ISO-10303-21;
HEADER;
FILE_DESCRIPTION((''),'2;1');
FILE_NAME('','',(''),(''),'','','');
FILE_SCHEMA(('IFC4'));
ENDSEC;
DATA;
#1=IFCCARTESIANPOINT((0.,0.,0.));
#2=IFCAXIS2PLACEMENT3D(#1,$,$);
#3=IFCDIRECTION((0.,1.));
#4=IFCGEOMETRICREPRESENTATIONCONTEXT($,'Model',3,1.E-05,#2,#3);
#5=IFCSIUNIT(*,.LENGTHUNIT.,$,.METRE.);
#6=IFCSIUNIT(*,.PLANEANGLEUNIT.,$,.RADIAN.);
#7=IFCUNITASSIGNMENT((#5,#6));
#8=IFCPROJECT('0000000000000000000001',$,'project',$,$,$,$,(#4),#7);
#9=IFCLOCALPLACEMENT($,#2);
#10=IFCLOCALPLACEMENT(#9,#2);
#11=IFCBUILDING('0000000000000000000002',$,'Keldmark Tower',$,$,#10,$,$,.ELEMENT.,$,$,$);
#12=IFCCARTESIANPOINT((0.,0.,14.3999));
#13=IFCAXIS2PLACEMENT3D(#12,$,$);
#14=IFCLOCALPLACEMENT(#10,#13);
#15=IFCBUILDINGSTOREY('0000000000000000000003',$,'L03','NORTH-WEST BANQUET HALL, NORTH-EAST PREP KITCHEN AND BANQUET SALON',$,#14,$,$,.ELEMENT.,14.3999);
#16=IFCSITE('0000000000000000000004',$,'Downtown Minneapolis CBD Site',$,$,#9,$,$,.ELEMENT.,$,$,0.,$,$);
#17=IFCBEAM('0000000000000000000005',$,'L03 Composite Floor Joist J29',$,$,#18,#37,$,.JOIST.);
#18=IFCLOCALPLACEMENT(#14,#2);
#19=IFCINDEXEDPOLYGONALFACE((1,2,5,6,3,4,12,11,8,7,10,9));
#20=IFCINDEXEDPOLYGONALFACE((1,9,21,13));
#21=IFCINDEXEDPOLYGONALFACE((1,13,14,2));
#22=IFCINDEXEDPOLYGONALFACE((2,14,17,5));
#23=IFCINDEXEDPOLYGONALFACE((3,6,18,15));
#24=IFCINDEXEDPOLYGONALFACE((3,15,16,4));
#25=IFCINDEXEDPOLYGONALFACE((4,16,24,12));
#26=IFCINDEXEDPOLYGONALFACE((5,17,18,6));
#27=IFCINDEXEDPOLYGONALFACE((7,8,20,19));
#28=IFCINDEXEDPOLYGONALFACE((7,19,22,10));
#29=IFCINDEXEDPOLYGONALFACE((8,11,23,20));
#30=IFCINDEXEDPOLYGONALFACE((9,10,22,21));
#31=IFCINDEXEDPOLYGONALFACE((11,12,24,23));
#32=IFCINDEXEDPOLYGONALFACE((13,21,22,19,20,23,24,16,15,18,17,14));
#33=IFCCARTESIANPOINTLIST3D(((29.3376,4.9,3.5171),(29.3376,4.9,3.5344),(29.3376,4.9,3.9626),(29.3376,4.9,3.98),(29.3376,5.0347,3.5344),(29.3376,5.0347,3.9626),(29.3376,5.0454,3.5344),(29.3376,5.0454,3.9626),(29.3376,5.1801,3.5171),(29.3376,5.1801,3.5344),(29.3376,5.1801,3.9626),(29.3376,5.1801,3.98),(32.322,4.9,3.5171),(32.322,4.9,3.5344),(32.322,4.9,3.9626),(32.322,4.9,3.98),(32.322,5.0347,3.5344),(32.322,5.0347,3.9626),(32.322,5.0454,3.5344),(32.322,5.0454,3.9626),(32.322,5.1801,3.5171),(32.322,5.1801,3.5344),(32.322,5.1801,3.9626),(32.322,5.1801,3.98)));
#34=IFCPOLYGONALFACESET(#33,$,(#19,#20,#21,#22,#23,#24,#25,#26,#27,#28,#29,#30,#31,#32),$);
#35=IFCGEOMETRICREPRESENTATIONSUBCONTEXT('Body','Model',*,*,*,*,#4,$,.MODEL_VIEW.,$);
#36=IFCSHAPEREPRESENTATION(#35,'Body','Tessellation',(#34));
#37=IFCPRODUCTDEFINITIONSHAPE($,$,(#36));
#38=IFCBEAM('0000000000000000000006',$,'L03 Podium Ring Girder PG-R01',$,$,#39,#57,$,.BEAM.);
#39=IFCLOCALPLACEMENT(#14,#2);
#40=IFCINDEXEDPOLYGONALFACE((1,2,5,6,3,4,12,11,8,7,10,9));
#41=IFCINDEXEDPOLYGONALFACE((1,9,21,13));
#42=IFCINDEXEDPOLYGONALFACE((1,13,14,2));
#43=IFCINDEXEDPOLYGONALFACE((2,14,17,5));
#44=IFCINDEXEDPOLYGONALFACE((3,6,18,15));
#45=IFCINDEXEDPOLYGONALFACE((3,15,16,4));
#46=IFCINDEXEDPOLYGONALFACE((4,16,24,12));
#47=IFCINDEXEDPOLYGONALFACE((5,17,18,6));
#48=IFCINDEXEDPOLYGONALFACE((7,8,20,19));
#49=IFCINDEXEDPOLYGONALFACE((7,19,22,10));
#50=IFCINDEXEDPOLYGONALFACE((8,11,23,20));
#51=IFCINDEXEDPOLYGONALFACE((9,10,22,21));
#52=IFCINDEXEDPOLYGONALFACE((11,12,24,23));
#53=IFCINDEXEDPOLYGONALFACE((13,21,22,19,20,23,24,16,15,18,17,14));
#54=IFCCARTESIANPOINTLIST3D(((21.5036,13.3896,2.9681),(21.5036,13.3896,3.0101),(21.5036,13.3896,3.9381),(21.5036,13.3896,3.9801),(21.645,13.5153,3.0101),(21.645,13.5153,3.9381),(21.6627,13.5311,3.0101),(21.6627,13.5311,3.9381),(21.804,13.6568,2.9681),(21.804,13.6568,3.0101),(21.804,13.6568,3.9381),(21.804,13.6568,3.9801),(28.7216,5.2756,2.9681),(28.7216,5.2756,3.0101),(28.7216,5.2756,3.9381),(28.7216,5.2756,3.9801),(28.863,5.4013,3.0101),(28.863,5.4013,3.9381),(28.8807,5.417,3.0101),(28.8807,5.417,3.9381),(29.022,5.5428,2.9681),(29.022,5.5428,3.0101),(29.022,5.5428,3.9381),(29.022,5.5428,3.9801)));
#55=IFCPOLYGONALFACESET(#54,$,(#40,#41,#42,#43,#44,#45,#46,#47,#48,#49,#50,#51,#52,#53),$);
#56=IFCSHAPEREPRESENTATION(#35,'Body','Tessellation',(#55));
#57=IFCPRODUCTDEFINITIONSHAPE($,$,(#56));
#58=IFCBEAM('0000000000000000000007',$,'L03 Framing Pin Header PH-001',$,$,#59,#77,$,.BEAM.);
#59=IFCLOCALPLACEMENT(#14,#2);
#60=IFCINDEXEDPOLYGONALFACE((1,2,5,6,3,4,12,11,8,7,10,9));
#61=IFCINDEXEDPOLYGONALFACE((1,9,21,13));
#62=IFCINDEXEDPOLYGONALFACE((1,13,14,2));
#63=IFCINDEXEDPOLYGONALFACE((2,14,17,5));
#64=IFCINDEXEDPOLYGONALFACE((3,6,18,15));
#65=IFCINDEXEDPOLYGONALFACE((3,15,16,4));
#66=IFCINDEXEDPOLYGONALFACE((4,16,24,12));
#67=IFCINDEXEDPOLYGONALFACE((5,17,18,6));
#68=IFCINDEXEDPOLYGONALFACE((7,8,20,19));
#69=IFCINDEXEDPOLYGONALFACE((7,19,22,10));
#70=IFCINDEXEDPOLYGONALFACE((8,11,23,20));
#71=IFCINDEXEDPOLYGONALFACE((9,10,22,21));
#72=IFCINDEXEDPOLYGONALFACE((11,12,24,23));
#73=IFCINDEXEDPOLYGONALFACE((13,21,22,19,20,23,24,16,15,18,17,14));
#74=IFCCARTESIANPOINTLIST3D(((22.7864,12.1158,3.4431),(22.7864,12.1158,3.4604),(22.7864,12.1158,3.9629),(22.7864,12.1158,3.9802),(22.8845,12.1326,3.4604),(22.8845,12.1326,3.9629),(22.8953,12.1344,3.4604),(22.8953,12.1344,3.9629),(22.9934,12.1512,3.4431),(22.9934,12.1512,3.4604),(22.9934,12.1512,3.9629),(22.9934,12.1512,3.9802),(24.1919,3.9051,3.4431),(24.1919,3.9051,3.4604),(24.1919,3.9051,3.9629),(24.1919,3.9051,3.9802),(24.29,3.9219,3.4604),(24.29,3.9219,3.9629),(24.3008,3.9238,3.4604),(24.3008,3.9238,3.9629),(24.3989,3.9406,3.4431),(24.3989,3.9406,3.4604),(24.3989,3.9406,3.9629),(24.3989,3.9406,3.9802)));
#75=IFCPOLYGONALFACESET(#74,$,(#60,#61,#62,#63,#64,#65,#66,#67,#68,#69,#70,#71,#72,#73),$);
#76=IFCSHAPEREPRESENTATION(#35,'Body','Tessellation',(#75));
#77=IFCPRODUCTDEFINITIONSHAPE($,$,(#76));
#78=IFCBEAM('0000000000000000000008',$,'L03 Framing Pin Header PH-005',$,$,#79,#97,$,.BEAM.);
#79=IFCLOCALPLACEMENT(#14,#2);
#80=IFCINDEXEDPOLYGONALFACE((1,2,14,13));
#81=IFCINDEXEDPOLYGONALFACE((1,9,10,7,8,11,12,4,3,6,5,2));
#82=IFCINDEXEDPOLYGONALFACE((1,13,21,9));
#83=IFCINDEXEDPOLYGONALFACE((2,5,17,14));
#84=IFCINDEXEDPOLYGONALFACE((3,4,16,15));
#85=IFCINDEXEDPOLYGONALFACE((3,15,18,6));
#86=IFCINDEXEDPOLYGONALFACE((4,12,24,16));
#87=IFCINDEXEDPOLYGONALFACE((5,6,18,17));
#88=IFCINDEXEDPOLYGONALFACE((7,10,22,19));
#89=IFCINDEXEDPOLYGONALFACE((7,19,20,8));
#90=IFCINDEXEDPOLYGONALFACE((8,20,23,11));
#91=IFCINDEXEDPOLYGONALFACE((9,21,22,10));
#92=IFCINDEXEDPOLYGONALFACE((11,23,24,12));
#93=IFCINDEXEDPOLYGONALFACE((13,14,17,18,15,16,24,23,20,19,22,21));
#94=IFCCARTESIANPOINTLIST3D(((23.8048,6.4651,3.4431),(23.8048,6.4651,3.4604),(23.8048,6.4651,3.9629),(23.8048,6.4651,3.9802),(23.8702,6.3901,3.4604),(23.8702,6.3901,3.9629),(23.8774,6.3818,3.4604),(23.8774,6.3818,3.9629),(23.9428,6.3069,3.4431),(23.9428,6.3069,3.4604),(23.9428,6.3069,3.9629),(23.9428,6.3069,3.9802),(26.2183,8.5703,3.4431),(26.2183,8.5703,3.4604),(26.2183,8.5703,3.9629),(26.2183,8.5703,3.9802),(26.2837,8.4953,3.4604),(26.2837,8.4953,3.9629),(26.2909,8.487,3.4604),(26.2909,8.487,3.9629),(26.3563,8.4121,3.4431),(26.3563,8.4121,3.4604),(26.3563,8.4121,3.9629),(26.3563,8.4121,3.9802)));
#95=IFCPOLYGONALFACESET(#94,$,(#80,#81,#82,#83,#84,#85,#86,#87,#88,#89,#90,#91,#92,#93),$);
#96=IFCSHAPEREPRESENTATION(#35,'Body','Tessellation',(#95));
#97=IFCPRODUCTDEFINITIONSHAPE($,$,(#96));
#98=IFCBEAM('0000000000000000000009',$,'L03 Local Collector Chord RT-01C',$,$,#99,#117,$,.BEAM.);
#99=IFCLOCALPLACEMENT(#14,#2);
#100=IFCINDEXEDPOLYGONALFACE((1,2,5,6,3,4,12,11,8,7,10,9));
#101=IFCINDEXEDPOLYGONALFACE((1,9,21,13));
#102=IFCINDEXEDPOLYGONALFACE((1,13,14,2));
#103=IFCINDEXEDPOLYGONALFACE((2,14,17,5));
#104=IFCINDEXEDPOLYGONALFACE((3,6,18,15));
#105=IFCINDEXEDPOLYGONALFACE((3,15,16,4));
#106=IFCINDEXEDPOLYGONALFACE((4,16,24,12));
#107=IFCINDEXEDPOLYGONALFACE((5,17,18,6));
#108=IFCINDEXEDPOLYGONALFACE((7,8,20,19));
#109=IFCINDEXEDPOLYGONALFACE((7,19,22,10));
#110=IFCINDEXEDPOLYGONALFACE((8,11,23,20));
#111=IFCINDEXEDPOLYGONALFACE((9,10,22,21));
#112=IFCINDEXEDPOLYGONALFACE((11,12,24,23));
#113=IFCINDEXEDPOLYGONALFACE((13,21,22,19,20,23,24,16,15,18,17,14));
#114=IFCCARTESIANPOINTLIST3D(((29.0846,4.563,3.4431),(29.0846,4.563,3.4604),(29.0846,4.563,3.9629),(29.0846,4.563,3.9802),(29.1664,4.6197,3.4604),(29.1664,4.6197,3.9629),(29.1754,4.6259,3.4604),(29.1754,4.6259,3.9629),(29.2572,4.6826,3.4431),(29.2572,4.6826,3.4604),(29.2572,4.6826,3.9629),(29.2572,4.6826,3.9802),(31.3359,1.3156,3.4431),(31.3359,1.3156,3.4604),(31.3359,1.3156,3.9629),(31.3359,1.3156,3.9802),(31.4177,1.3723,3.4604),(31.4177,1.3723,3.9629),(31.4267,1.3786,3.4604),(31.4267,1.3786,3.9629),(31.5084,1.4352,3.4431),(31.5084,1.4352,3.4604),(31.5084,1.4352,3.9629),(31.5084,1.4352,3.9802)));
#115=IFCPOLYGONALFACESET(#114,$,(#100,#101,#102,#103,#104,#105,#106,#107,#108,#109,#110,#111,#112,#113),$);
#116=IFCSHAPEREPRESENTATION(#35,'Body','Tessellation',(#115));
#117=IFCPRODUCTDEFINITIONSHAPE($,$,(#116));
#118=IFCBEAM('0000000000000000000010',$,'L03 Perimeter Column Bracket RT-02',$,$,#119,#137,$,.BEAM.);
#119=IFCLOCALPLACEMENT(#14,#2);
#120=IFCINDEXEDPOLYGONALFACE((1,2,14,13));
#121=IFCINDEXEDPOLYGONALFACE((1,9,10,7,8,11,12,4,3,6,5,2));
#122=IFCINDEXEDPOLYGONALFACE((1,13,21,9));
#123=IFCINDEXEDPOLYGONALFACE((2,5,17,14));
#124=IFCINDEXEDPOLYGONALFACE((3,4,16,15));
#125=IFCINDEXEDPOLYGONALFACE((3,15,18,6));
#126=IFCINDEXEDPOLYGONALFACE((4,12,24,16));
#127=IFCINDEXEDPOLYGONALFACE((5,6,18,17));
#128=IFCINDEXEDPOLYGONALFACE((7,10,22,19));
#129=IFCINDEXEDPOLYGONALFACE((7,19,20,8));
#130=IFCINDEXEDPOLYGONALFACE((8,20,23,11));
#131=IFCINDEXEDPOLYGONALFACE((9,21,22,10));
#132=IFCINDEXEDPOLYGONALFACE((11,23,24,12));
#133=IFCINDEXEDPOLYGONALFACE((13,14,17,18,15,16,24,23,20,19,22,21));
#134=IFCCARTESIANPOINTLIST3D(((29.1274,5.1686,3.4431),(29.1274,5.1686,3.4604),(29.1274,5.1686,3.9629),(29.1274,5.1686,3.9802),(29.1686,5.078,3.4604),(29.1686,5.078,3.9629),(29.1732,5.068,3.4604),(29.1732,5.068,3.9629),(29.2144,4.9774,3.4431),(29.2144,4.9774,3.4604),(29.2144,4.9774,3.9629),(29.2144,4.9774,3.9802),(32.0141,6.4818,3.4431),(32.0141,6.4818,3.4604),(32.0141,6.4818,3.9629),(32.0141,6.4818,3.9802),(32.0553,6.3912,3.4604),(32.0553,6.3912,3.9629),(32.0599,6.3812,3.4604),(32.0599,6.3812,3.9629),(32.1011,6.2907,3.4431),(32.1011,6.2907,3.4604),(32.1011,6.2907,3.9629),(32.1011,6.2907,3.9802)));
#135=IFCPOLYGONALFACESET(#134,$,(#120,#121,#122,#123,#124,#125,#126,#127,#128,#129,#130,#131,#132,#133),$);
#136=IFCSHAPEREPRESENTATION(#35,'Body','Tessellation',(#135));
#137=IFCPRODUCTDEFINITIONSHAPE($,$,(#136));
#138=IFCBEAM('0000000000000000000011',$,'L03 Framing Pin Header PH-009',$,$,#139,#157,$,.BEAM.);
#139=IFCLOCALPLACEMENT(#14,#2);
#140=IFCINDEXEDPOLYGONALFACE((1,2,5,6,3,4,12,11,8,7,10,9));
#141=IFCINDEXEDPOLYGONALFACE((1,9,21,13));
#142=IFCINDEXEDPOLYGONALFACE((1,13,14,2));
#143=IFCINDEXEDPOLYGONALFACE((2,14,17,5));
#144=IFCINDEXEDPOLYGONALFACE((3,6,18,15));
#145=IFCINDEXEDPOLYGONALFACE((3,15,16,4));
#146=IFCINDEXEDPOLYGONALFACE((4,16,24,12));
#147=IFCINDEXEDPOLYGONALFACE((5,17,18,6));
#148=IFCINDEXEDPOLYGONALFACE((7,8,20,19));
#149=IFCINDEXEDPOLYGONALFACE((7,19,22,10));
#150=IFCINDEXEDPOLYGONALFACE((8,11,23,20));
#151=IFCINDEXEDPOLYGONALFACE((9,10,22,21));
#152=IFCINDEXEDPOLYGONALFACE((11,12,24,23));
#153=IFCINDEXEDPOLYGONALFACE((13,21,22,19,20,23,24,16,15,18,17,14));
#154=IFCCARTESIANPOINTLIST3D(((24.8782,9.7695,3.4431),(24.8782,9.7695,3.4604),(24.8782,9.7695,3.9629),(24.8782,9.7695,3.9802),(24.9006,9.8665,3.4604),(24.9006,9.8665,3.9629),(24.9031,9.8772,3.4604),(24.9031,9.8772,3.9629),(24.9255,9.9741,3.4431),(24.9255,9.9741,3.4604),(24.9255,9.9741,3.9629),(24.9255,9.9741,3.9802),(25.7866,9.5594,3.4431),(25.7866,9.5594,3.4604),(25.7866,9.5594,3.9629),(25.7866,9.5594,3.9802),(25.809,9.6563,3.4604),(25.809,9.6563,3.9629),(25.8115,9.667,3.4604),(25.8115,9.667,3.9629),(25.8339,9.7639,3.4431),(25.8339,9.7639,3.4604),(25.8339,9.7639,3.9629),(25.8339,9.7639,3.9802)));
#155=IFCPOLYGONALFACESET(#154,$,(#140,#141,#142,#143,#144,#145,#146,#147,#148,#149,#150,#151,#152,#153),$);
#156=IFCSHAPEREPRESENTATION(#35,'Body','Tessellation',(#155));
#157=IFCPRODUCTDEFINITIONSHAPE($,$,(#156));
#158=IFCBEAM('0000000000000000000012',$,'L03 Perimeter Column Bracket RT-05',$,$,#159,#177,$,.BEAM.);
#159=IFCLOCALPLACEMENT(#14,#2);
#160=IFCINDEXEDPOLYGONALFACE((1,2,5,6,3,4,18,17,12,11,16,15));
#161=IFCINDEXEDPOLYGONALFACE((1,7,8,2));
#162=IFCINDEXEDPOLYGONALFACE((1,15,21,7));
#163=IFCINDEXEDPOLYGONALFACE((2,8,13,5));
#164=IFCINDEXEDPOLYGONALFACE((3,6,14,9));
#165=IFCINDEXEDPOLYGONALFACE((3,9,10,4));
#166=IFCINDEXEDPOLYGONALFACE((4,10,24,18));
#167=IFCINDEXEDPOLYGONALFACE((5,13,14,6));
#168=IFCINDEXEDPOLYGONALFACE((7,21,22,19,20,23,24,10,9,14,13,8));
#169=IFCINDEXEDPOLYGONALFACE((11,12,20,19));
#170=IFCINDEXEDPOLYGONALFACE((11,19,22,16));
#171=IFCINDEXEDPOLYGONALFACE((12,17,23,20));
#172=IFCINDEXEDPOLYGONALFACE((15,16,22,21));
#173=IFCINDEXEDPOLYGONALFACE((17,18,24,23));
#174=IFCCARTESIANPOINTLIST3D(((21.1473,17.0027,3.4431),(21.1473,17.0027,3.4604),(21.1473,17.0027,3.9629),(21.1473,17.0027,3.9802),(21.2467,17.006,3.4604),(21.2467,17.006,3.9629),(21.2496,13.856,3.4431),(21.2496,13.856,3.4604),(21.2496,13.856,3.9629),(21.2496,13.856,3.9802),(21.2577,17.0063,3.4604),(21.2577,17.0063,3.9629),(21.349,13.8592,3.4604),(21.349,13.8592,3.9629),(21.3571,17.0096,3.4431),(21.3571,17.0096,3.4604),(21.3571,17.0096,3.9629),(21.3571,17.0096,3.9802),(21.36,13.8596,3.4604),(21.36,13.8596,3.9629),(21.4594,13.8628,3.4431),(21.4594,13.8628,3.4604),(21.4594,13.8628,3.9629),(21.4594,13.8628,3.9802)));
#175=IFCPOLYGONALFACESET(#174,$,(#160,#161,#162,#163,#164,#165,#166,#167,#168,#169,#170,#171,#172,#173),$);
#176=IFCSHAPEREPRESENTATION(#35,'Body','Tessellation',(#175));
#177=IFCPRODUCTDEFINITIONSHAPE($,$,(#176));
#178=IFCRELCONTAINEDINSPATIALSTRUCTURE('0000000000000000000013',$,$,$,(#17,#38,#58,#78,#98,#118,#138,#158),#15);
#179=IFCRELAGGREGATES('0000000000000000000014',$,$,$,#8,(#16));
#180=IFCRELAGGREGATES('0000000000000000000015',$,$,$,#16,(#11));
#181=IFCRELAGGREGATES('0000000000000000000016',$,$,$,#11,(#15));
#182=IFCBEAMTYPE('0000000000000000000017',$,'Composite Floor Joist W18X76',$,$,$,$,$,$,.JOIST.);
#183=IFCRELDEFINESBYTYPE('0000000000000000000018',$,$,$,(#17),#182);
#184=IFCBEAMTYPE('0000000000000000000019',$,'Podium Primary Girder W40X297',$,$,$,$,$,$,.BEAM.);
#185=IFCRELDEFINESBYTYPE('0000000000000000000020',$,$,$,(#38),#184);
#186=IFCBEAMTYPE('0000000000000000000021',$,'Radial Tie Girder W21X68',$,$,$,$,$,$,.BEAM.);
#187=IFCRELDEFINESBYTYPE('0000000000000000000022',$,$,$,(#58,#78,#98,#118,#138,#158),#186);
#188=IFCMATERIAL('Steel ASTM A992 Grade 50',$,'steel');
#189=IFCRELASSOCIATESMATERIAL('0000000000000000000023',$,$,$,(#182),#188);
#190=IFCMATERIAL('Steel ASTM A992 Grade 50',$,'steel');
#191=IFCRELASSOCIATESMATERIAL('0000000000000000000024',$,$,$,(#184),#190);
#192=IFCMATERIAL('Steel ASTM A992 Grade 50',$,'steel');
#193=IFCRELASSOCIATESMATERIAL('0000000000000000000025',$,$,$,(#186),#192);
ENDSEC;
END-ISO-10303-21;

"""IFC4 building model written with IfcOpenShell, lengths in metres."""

from ifc_helpers import new_model, si_unit, direction, frame, origin, origin_2d, place, context, subcontext, project, spatial, i_section, extrude, material, material_profile, profile_set, type_object, element, save


model = new_model("IFC4")

# Units and contexts
model_context = context("Model", 3, precision=1e-05, world=origin(), true_north=direction((0.0, 1.0)))
body_context = subcontext(model_context, "Body", "Model", "MODEL_VIEW")
ifc_project = project(units=[si_unit("LENGTHUNIT", "METRE"), si_unit("PLANEANGLEUNIT", "RADIAN")], contexts=[model_context])

# Site, building, storey
site_placement = place(None, origin())
site = spatial("IfcSite", under=ifc_project, at=site_placement, Name="Downtown Minneapolis CBD Site", CompositionType="ELEMENT", RefElevation=0.0)
building_placement = place(site_placement, origin())
building = spatial("IfcBuilding", under=site, at=building_placement, Name="Keldmark Tower", CompositionType="ELEMENT")
storey_placement = place(building_placement, frame((0.0, 0.0, 14.3999)))
storey = spatial("IfcBuildingStorey", under=building, at=storey_placement, Name="L03", Description="NORTH-WEST BANQUET HALL, NORTH-EAST PREP KITCHEN AND BANQUET SALON", CompositionType="ELEMENT", Elevation=14.3999)

# Beams
ifc_material_1 = material(Name="Steel ASTM A992 Grade 50", Category="steel")
ifc_material_profile_1 = material_profile(ifc_material_1, i_section(OverallWidth=0.28, OverallDepth=0.4629, WebThickness=0.0107, FlangeThickness=0.0173, at=origin_2d()), Name="W18X76")
ifc_profile_set_1 = profile_set([ifc_material_profile_1], Name="Steel ASTM A992 Grade 50")
beam_type_1 = type_object("IfcBeamType", Name="Composite Floor Joist W18X76", PredefinedType="JOIST", material=ifc_profile_set_1)
beam_1_placement = place(storey_placement, frame((29.3376, 5.04, 3.7485), z_axis=(1.0, 0.0, 0.0), x_axis=(0.0, 1.0, 0.0)))
element("IfcBeam", 1, at=beam_1_placement, inside=storey, type_object=beam_type_1, Name="L03 Composite Floor Joist J29", PredefinedType="JOIST", context=body_context, shape_type="SweptSolid", body=[
    extrude(i_section(OverallWidth=0.28, OverallDepth=0.4629, WebThickness=0.0107, FlangeThickness=0.0173, at=origin_2d()), origin(), (0.0, 0.0, 1.0), 2.9844),
])
ifc_material_2 = material(Name="Steel ASTM A992 Grade 50", Category="steel")
ifc_material_profile_2 = material_profile(ifc_material_2, i_section(OverallWidth=0.4021, OverallDepth=1.012, WebThickness=0.0237, FlangeThickness=0.042, at=origin_2d()), Name="W40X297")
ifc_profile_set_2 = profile_set([ifc_material_profile_2], Name="Steel ASTM A992 Grade 50")
beam_type_2 = type_object("IfcBeamType", Name="Podium Primary Girder W40X297", PredefinedType="BEAM", material=ifc_profile_set_2)
beam_2_placement = place(storey_placement, frame((28.8718, 5.4092, 3.4741), z_axis=(-0.66465, 0.747155, 0.0), x_axis=(-0.747155, -0.66465, 0.0)))
element("IfcBeam", 2, at=beam_2_placement, inside=storey, type_object=beam_type_2, Name="L03 Podium Ring Girder PG-R01", PredefinedType="BEAM", context=body_context, shape_type="SweptSolid", body=[
    extrude(i_section(OverallWidth=0.4021, OverallDepth=1.012, WebThickness=0.0237, FlangeThickness=0.042, at=origin_2d()), origin(), (0.0, 0.0, 1.0), 10.8599),
])
ifc_material_3 = material(Name="Steel ASTM A992 Grade 50", Category="steel")
ifc_material_profile_3 = material_profile(ifc_material_3, i_section(OverallWidth=0.21, OverallDepth=0.5371, WebThickness=0.011, FlangeThickness=0.0173, at=origin_2d()), Name="W21X68")
ifc_profile_set_3 = profile_set([ifc_material_profile_3], Name="Steel ASTM A992 Grade 50")
beam_type_3 = type_object("IfcBeamType", Name="Radial Tie Girder W21X68", PredefinedType="BEAM", material=ifc_profile_set_3)
beam_3_placement = place(storey_placement, frame((24.2954, 3.9229, 3.7117), z_axis=(-0.168727, 0.985663, 0.0), x_axis=(-0.985663, -0.168727, 0.0)))
element("IfcBeam", 3, at=beam_3_placement, inside=storey, type_object=beam_type_3, Name="L03 Framing Pin Header PH-001", PredefinedType="BEAM", context=body_context, shape_type="SweptSolid", body=[
    extrude(i_section(OverallWidth=0.21, OverallDepth=0.5371, WebThickness=0.011, FlangeThickness=0.0173, at=origin_2d()), origin(), (0.0, 0.0, 1.0), 8.3301),
])
beam_4_placement = place(storey_placement, frame((23.8738, 6.386, 3.7117), z_axis=(0.753605, 0.657327, 0.0), x_axis=(-0.657327, 0.753605, 0.0)))
element("IfcBeam", 4, at=beam_4_placement, inside=storey, type_object=beam_type_3, Name="L03 Framing Pin Header PH-005", PredefinedType="BEAM", context=body_context, shape_type="SweptSolid", body=[
    extrude(i_section(OverallWidth=0.21, OverallDepth=0.5371, WebThickness=0.011, FlangeThickness=0.0173, at=origin_2d()), origin(), (0.0, 0.0, 1.0), 3.2026),
])
beam_5_placement = place(storey_placement, frame((29.1709, 4.6228, 3.7117), z_axis=(0.569737, -0.821827, 0.0), x_axis=(0.821827, 0.569737, 0.0)))
element("IfcBeam", 5, at=beam_5_placement, inside=storey, type_object=beam_type_3, Name="L03 Local Collector Chord RT-01C", PredefinedType="BEAM", context=body_context, shape_type="SweptSolid", body=[
    extrude(i_section(OverallWidth=0.21, OverallDepth=0.5371, WebThickness=0.011, FlangeThickness=0.0173, at=origin_2d()), origin(), (0.0, 0.0, 1.0), 3.9514),
])
beam_6_placement = place(storey_placement, frame((29.1709, 5.073, 3.7117), z_axis=(0.910237, 0.414087, 0.0), x_axis=(-0.414087, 0.910237, 0.0)))
element("IfcBeam", 6, at=beam_6_placement, inside=storey, type_object=beam_type_3, Name="L03 Perimeter Column Bracket RT-02", PredefinedType="BEAM", context=body_context, shape_type="SweptSolid", body=[
    extrude(i_section(OverallWidth=0.21, OverallDepth=0.5371, WebThickness=0.011, FlangeThickness=0.0173, at=origin_2d()), origin(), (0.0, 0.0, 1.0), 3.1714),
])
beam_7_placement = place(storey_placement, frame((24.9019, 9.8718, 3.7117), z_axis=(0.974259, -0.225433, 0.0), x_axis=(0.225433, 0.974259, 0.0)))
element("IfcBeam", 7, at=beam_7_placement, inside=storey, type_object=beam_type_3, Name="L03 Framing Pin Header PH-009", PredefinedType="BEAM", context=body_context, shape_type="SweptSolid", body=[
    extrude(i_section(OverallWidth=0.21, OverallDepth=0.5371, WebThickness=0.011, FlangeThickness=0.0173, at=origin_2d()), origin(), (0.0, 0.0, 1.0), 0.9324),
])
beam_8_placement = place(storey_placement, frame((21.3545, 13.8594, 3.7117), z_axis=(-0.032491, 0.999472, 0.0), x_axis=(-0.999472, -0.032491, 0.0)))
element("IfcBeam", 8, at=beam_8_placement, inside=storey, type_object=beam_type_3, Name="L03 Perimeter Column Bracket RT-05", PredefinedType="BEAM", context=body_context, shape_type="SweptSolid", body=[
    extrude(i_section(OverallWidth=0.21, OverallDepth=0.5371, WebThickness=0.011, FlangeThickness=0.0173, at=origin_2d()), origin(), (0.0, 0.0, 1.0), 3.1484),
])

save(model, "model.ifc")
